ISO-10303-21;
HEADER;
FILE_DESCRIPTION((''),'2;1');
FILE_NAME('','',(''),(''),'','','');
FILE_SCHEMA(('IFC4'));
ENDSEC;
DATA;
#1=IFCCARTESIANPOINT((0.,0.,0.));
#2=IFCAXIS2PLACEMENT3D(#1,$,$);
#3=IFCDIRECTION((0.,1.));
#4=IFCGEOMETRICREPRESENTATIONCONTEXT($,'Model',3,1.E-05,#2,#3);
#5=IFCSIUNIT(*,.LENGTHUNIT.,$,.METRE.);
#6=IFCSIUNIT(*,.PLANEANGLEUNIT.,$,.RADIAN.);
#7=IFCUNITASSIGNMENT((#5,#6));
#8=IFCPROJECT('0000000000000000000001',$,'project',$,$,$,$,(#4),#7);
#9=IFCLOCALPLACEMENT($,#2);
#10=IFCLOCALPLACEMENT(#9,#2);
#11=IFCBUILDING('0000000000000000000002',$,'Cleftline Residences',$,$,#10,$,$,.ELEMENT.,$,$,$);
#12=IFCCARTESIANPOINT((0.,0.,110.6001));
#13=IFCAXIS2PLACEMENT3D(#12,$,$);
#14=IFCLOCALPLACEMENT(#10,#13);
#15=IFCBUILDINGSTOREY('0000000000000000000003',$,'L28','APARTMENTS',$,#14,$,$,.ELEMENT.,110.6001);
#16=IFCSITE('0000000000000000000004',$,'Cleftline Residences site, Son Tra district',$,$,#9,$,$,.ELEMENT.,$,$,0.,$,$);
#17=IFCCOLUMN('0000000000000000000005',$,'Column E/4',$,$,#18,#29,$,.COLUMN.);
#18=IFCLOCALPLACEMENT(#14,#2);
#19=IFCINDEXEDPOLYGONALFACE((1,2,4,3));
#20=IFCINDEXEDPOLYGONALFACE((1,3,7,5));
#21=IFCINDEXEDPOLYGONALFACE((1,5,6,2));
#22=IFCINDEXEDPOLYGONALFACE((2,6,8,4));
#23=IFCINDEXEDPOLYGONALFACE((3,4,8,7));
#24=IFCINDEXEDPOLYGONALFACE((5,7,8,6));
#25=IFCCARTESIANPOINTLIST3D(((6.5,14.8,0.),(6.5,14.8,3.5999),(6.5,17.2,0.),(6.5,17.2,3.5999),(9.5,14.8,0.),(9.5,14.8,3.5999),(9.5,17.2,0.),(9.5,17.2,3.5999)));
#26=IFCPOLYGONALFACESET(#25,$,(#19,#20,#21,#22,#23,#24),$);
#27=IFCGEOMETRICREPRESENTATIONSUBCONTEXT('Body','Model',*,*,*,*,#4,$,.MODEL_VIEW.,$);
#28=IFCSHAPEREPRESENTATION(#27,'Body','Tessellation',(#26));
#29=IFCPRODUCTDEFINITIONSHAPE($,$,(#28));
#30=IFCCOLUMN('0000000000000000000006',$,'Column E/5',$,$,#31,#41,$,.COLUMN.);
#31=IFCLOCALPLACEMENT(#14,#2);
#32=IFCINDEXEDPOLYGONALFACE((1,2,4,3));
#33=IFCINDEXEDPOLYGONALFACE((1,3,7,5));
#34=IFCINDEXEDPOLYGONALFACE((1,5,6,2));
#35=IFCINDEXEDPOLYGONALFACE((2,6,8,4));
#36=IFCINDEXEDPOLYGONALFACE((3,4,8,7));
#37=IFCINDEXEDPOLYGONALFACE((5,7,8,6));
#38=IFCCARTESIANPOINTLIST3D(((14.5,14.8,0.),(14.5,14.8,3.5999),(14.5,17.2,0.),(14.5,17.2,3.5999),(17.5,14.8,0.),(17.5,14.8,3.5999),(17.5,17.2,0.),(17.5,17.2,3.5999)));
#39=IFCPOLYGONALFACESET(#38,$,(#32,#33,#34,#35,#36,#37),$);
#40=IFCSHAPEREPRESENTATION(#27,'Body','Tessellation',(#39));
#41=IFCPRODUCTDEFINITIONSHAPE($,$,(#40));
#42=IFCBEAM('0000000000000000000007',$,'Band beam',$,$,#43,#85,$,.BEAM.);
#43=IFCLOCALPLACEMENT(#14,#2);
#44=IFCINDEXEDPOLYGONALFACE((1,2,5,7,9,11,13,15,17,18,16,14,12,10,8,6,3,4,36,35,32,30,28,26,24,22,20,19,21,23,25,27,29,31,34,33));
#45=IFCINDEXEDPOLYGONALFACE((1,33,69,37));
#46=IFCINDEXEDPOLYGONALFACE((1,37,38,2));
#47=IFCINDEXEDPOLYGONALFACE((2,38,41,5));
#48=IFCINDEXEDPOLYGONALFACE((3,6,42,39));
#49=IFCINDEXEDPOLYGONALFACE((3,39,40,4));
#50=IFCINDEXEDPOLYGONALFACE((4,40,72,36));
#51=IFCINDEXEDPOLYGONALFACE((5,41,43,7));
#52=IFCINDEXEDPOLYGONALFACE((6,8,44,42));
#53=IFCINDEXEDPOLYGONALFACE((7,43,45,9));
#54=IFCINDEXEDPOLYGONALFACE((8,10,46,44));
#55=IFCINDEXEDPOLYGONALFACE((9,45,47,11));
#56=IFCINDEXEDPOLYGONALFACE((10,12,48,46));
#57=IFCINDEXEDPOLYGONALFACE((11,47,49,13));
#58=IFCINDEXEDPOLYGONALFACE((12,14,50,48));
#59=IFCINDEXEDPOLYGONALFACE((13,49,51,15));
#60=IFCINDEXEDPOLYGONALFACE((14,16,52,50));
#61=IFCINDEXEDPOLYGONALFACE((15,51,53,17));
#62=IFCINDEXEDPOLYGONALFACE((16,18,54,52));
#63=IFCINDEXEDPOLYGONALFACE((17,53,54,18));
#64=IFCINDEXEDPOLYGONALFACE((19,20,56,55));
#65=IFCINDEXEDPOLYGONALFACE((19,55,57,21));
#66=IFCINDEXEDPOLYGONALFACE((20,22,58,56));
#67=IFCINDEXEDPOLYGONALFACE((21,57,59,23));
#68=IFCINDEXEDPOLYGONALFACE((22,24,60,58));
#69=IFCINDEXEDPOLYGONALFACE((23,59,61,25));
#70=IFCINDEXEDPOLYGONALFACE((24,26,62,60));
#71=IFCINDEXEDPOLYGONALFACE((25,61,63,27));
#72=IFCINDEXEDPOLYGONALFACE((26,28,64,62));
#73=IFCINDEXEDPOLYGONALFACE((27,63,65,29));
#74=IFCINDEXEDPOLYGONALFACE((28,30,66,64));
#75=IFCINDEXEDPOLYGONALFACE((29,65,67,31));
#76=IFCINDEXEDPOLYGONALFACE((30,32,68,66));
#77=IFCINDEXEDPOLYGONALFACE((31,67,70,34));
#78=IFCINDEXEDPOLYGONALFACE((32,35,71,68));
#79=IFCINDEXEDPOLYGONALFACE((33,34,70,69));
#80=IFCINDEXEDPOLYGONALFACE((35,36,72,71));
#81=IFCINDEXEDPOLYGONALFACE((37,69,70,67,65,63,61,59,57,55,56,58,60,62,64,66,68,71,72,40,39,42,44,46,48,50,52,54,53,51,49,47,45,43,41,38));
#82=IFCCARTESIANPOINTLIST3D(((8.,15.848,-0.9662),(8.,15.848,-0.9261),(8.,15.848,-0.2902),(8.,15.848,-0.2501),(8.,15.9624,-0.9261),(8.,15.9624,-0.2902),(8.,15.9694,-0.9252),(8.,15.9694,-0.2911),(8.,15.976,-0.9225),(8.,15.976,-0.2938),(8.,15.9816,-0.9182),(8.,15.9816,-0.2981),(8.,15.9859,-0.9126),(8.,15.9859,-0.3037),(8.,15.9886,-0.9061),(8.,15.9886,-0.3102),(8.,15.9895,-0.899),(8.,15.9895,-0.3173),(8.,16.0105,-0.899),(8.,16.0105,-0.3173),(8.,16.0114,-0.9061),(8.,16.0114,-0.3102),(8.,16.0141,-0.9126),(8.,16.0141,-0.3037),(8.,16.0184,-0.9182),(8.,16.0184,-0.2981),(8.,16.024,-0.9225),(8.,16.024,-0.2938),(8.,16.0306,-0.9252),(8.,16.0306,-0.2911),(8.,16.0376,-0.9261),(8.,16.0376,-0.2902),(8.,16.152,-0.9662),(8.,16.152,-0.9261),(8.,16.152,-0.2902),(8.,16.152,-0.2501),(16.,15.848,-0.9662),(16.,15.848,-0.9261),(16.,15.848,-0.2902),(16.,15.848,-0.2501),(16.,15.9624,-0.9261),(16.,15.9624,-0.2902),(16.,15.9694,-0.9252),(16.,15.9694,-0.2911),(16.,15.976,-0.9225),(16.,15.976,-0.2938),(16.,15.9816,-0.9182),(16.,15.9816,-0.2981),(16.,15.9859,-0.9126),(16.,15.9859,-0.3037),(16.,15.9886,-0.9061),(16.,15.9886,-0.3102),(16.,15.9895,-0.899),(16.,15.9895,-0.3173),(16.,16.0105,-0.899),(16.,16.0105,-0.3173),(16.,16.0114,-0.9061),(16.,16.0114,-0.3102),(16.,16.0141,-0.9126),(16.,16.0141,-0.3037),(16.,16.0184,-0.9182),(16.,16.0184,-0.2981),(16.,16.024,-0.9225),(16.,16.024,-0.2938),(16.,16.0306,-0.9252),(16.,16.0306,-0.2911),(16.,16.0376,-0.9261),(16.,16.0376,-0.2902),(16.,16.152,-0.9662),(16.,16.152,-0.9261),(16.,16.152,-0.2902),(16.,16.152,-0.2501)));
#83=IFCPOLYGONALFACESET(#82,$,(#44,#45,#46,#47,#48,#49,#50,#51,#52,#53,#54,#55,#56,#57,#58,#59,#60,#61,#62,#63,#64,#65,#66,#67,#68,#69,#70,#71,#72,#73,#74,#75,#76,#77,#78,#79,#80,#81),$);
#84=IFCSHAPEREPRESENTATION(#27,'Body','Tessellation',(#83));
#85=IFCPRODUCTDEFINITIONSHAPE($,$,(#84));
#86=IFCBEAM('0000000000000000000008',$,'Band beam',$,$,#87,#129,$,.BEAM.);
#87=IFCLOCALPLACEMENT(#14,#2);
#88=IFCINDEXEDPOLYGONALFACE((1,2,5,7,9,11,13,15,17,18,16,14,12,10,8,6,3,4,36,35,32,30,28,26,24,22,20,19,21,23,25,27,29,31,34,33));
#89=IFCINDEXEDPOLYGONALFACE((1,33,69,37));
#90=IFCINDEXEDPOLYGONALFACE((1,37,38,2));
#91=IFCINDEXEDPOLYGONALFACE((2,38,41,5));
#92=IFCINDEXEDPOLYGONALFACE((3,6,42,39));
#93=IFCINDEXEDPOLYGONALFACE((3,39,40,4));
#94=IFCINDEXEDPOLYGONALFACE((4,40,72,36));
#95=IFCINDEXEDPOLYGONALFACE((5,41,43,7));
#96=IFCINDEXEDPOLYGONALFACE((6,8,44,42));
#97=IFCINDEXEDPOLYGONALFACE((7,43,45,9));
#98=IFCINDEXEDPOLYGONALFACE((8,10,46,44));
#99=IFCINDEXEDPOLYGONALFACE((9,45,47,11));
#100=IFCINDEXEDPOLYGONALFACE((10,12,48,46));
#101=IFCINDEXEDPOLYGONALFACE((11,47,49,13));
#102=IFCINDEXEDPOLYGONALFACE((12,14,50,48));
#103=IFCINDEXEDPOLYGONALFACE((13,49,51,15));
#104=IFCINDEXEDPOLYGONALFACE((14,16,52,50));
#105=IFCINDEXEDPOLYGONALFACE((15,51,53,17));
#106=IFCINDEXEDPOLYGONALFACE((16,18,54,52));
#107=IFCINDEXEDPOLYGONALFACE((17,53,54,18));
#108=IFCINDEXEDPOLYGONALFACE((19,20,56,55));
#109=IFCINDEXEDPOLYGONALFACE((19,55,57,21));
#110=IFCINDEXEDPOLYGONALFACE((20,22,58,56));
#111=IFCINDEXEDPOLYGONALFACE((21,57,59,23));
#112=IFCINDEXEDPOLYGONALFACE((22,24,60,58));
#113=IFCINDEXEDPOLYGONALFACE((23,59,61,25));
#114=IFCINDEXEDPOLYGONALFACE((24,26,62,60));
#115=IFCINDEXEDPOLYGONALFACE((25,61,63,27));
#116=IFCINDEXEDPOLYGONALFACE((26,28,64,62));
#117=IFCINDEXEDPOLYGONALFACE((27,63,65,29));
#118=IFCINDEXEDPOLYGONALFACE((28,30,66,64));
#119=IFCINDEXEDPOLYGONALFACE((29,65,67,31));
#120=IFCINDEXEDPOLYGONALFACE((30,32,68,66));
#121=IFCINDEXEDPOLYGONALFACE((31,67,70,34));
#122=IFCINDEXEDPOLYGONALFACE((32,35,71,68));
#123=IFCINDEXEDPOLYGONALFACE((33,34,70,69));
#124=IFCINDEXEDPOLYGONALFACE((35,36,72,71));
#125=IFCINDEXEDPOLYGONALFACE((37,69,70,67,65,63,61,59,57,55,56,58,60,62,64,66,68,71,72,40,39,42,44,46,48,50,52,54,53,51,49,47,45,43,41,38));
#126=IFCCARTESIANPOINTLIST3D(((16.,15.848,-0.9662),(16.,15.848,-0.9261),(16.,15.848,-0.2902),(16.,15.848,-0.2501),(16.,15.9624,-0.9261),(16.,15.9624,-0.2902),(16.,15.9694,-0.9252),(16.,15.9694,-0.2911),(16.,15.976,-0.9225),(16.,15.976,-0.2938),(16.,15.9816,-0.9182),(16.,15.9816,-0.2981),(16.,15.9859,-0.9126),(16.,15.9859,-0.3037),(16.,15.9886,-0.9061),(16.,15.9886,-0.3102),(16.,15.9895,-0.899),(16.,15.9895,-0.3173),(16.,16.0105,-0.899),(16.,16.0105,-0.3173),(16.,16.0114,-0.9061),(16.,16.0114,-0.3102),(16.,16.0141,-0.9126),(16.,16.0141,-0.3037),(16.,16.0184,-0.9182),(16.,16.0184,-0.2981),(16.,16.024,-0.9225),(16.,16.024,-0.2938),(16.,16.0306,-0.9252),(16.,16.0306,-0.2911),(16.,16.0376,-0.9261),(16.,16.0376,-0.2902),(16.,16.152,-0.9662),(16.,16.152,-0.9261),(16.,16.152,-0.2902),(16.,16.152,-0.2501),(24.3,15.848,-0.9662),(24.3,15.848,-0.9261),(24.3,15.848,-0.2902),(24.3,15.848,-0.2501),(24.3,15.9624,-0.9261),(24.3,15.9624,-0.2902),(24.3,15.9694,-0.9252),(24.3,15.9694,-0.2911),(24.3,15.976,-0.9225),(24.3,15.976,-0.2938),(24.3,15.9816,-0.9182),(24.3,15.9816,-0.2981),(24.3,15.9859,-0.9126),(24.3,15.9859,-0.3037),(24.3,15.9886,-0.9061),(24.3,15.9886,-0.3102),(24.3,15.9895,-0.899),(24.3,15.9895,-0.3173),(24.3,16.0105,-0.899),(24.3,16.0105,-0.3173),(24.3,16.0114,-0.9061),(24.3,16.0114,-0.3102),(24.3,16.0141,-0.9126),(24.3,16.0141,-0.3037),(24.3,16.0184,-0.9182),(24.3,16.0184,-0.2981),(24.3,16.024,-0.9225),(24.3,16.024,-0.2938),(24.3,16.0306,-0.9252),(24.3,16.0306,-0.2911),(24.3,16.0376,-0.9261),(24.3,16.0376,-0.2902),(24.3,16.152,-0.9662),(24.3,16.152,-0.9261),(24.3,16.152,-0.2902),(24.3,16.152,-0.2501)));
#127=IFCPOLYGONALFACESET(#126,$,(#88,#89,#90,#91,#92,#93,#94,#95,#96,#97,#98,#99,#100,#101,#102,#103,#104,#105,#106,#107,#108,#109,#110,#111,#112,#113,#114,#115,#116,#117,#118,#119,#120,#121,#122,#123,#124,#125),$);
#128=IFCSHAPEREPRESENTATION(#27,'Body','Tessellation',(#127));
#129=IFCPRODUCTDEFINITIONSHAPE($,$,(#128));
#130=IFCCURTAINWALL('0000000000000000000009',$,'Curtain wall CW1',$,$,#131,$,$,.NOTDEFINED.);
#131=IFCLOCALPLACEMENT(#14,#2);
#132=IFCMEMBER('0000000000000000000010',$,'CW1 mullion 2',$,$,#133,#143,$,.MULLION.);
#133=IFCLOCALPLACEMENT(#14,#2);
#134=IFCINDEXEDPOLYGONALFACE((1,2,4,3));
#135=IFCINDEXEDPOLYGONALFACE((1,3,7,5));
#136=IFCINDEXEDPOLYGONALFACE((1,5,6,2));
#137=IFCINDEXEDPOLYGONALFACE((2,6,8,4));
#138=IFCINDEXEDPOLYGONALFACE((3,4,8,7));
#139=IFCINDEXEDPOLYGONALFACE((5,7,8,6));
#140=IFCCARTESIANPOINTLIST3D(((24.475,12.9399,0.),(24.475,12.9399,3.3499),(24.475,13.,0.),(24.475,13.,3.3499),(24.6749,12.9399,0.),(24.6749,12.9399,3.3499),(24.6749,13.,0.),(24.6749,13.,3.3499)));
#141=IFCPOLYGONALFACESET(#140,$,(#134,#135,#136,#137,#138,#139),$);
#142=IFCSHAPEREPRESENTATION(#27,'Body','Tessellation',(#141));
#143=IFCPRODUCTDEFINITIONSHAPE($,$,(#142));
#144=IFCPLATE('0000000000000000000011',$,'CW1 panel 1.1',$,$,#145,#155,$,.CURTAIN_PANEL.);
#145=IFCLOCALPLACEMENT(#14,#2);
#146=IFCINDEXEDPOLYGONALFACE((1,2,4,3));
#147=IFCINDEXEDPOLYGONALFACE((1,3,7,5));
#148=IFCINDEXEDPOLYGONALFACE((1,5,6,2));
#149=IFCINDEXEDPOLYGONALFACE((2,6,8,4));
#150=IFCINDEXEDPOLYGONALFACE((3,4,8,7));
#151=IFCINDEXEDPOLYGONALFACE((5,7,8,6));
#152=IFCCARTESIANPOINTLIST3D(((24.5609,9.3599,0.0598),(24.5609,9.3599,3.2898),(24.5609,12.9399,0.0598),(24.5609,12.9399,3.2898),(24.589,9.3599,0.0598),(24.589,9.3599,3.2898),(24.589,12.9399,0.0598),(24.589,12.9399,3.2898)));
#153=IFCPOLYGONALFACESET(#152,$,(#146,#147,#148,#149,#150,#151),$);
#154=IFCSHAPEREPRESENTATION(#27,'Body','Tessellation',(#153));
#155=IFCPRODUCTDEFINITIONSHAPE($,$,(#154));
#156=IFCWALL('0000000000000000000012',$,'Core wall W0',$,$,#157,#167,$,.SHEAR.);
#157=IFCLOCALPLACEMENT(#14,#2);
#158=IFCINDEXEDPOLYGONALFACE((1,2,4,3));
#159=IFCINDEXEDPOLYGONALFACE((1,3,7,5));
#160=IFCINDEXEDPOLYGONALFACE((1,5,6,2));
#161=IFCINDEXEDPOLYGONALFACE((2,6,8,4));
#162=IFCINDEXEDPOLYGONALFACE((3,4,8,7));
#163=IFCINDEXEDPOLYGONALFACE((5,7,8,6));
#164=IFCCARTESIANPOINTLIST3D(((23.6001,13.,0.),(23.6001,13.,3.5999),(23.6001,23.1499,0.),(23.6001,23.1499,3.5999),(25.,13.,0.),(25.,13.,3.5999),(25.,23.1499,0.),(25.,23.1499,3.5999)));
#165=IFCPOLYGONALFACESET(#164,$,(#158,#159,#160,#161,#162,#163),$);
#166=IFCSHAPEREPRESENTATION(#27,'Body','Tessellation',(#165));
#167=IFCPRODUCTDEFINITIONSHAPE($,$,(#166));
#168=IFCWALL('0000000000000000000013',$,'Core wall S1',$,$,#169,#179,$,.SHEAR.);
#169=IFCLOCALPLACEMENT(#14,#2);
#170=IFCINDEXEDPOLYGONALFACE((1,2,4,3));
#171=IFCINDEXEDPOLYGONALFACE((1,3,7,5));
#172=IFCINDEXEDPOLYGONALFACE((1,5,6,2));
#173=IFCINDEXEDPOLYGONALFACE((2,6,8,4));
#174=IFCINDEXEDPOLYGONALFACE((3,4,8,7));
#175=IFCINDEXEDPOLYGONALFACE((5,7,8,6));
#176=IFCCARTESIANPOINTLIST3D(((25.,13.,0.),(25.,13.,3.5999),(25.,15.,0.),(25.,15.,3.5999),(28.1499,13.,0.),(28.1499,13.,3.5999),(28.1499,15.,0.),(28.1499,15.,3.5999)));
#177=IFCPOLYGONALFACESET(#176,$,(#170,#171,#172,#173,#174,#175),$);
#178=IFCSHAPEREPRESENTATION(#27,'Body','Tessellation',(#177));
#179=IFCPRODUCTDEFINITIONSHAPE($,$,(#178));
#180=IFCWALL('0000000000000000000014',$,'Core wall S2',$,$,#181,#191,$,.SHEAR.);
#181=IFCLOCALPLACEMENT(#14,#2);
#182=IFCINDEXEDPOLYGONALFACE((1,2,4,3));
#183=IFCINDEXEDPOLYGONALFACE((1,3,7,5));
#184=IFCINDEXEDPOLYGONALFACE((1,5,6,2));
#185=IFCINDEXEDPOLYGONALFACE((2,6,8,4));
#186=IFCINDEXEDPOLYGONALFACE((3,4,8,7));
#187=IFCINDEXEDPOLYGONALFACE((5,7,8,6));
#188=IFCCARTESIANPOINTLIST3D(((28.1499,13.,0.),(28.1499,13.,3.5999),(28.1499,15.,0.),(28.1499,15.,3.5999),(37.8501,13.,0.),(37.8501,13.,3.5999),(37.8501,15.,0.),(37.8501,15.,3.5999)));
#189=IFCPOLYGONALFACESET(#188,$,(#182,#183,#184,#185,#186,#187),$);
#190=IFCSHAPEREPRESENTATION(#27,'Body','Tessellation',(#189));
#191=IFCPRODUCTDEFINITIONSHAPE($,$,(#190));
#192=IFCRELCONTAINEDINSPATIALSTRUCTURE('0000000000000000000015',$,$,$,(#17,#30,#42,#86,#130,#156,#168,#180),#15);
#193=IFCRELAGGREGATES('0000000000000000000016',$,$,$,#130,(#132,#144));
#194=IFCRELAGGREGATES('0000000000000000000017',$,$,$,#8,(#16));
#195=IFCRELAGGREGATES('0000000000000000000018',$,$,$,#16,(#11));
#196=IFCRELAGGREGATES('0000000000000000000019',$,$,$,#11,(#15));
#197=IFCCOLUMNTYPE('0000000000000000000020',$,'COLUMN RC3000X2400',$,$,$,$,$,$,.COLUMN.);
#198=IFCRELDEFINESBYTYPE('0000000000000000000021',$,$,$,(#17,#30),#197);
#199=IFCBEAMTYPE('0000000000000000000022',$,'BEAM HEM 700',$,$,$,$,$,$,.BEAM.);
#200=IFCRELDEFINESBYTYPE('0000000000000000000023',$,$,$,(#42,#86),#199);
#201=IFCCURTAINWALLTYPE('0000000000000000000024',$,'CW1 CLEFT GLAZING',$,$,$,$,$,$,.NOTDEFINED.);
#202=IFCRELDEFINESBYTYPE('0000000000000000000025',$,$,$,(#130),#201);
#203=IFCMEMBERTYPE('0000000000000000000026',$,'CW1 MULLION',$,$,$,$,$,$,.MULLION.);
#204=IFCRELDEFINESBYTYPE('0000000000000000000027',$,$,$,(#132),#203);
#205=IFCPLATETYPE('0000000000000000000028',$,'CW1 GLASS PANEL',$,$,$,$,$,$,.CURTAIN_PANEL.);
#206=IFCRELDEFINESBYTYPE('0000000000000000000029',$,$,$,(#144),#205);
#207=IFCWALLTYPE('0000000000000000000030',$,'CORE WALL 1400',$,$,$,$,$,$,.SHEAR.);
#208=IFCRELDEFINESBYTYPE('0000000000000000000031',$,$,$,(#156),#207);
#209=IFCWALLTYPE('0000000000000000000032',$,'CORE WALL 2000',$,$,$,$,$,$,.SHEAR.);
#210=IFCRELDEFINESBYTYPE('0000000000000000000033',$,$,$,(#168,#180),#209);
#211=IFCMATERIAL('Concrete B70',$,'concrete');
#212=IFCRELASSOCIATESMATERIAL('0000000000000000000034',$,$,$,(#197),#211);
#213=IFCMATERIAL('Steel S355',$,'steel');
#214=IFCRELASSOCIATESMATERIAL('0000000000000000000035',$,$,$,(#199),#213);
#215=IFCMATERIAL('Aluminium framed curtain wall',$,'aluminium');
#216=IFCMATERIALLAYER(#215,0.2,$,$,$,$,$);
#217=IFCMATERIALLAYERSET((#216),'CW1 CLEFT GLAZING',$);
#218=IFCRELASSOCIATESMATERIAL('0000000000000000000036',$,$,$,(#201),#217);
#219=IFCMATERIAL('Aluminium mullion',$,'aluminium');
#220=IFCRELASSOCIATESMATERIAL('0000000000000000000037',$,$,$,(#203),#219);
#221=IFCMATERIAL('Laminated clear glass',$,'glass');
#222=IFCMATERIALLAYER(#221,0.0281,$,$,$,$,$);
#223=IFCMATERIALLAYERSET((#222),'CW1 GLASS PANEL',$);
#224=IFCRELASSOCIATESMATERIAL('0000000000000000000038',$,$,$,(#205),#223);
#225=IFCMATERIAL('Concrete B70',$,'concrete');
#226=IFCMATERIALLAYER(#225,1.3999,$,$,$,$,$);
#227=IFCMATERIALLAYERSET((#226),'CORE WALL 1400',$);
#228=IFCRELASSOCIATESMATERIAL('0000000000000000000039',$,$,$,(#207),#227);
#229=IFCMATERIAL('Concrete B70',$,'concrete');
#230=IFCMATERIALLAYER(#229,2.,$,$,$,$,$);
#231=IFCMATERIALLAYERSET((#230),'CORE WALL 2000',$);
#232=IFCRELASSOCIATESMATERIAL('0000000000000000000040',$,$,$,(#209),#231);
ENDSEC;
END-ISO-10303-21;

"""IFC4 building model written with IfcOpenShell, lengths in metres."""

from ifc_helpers import new_model, si_unit, direction, frame, frame_2d, origin, origin_2d, place, context, subcontext, project, spatial, rectangle, i_section, extrude, material, layer, layer_set, material_profile, profile_set, type_object, element, aggregate, save


model = new_model("IFC4")

# Units and contexts
model_context = context("Model", 3, precision=1e-05, world=origin(), true_north=direction((0.0, 1.0)))
body_context = subcontext(model_context, "Body", "Model", "MODEL_VIEW")
ifc_project = project(units=[si_unit("LENGTHUNIT", "METRE"), si_unit("PLANEANGLEUNIT", "RADIAN")], contexts=[model_context])

# Site, building, storey
site_placement = place(None, origin())
site = spatial("IfcSite", under=ifc_project, at=site_placement, Name="Cleftline Residences site, Son Tra district", CompositionType="ELEMENT", RefElevation=0.0)
building_placement = place(site_placement, origin())
building = spatial("IfcBuilding", under=site, at=building_placement, Name="Cleftline Residences", CompositionType="ELEMENT")
storey_placement = place(building_placement, frame((0.0, 0.0, 110.6001)))
storey = spatial("IfcBuildingStorey", under=building, at=storey_placement, Name="L28", Description="APARTMENTS", CompositionType="ELEMENT", Elevation=110.6001)

# Columns
ifc_material_1 = material(Name="Concrete B70", Category="concrete")
ifc_material_profile_1 = material_profile(ifc_material_1, rectangle(XDim=3.0, YDim=2.3999, at=origin_2d()))
ifc_profile_set_1 = profile_set([ifc_material_profile_1], Name="Concrete B70")
column_type = type_object("IfcColumnType", Name="COLUMN RC3000X2400", PredefinedType="COLUMN", material=ifc_profile_set_1)
for number, where, z_axis, x_axis, name in (
    (1, (8.0, 16.0, 0.0), (0.0, 0.0, 1.0), (1.0, 0.0, 0.0), "Column E/4"),
    (2, (16.0, 16.0, 0.0), (0.0, 0.0, 1.0), (1.0, 0.0, 0.0), "Column E/5"),
):
    element("IfcColumn", number, at=place(storey_placement, frame(where, z_axis=z_axis, x_axis=x_axis)), inside=storey, type_object=column_type, Name=name, PredefinedType="COLUMN", context=body_context, shape_type="SweptSolid", body=[
        extrude(rectangle(XDim=3.0, YDim=2.3999, at=origin_2d()), origin(), (0.0, 0.0, 1.0), 3.5999),
    ])

# Beams
ifc_material_2 = material(Name="Steel S355", Category="steel")
ifc_material_profile_2 = material_profile(ifc_material_2, i_section(OverallWidth=0.304, OverallDepth=0.7161, WebThickness=0.021, FlangeThickness=0.04, FilletRadius=0.0271, at=origin_2d()))
ifc_profile_set_2 = profile_set([ifc_material_profile_2], Name="Steel S355")
beam_type = type_object("IfcBeamType", Name="BEAM HEM 700", PredefinedType="BEAM", material=ifc_profile_set_2)
beam_1_placement = place(storey_placement, frame((8.0, 16.0, -0.6082), z_axis=(1.0, 0.0, 0.0), x_axis=(0.0, 1.0, 0.0)))
element("IfcBeam", 3, at=beam_1_placement, inside=storey, type_object=beam_type, Name="Band beam", PredefinedType="BEAM", context=body_context, shape_type="SweptSolid", body=[
    extrude(i_section(OverallWidth=0.304, OverallDepth=0.7161, WebThickness=0.021, FlangeThickness=0.04, FilletRadius=0.0271, at=origin_2d()), origin(), (0.0, 0.0, 1.0), 8.0),
])
beam_2_placement = place(storey_placement, frame((16.0, 16.0, -0.6082), z_axis=(1.0, 0.0, 0.0), x_axis=(0.0, 1.0, 0.0)))
element("IfcBeam", 4, at=beam_2_placement, inside=storey, type_object=beam_type, Name="Band beam", PredefinedType="BEAM", context=body_context, shape_type="SweptSolid", body=[
    extrude(i_section(OverallWidth=0.304, OverallDepth=0.7161, WebThickness=0.021, FlangeThickness=0.04, FilletRadius=0.0271, at=origin_2d()), origin(), (0.0, 0.0, 1.0), 8.3),
])

# Curtain wall, member, plate
ifc_material_3 = material(Name="Aluminium framed curtain wall", Category="aluminium")
ifc_layer_1 = layer(ifc_material_3, 0.2)
ifc_layer_set_1 = layer_set([ifc_layer_1], Name="CW1 CLEFT GLAZING")
curtain_wall_type = type_object("IfcCurtainWallType", Name="CW1 CLEFT GLAZING", PredefinedType="NOTDEFINED", material=ifc_layer_set_1)
curtain_wall_placement = place(storey_placement, origin())
curtain_wall = element("IfcCurtainWall", 5, at=curtain_wall_placement, inside=storey, type_object=curtain_wall_type, Name="Curtain wall CW1", PredefinedType="NOTDEFINED")
ifc_material_4 = material(Name="Aluminium mullion", Category="aluminium")
ifc_material_profile_3 = material_profile(ifc_material_4, rectangle(XDim=0.2, YDim=0.0601, at=origin_2d()))
ifc_profile_set_3 = profile_set([ifc_material_profile_3], Name="Aluminium mullion")
member_type = type_object("IfcMemberType", Name="CW1 MULLION", PredefinedType="MULLION", material=ifc_profile_set_3)
member_placement = place(storey_placement, frame((24.575, 12.97, 0.0), z_axis=(0.0, 0.0, 1.0), x_axis=(-1.0, 0.0, 0.0)))
member = element("IfcMember", 6, at=member_placement, type_object=member_type, Name="CW1 mullion 2", PredefinedType="MULLION", context=body_context, shape_type="SweptSolid", body=[
    extrude(rectangle(XDim=0.2, YDim=0.0601, at=origin_2d()), origin(), (0.0, 0.0, 1.0), 3.3499),
])
ifc_material_5 = material(Name="Laminated clear glass", Category="glass")
ifc_layer_2 = layer(ifc_material_5, 0.0281)
ifc_layer_set_2 = layer_set([ifc_layer_2], Name="CW1 GLASS PANEL")
plate_type = type_object("IfcPlateType", Name="CW1 GLASS PANEL", PredefinedType="CURTAIN_PANEL", material=ifc_layer_set_2)
plate_placement = place(storey_placement, frame((24.575, 11.1499, 0.0598), z_axis=(0.0, 0.0, 1.0), x_axis=(0.0, 1.0, 0.0)))
plate = element("IfcPlate", 7, at=plate_placement, type_object=plate_type, Name="CW1 panel 1.1", PredefinedType="CURTAIN_PANEL", context=body_context, shape_type="SweptSolid", body=[
    extrude(rectangle(XDim=3.5801, YDim=0.0281, at=origin_2d()), origin(), (0.0, 0.0, 1.0), 3.23),
])
aggregate(curtain_wall, [member, plate])

# Wall
ifc_material_6 = material(Name="Concrete B70", Category="concrete")
ifc_layer_3 = layer(ifc_material_6, 1.3999)
ifc_layer_set_3 = layer_set([ifc_layer_3], Name="CORE WALL 1400")
wall_type_1 = type_object("IfcWallType", Name="CORE WALL 1400", PredefinedType="SHEAR", material=ifc_layer_set_3)
wall_1_placement = place(storey_placement, frame((24.3, 13.0, 0.0), z_axis=(0.0, 0.0, 1.0), x_axis=(0.0, 1.0, 0.0)))
element("IfcWall", 8, at=wall_1_placement, inside=storey, type_object=wall_type_1, Name="Core wall W0", PredefinedType="SHEAR", context=body_context, shape_type="SweptSolid", body=[
    extrude(rectangle(XDim=10.1499, YDim=1.3999, at=frame_2d((5.075, 0.0))), origin(), (0.0, 0.0, 1.0), 3.5999),
])

# Walls
ifc_material_7 = material(Name="Concrete B70", Category="concrete")
ifc_layer_4 = layer(ifc_material_7, 2.0)
ifc_layer_set_4 = layer_set([ifc_layer_4], Name="CORE WALL 2000")
wall_type_2 = type_object("IfcWallType", Name="CORE WALL 2000", PredefinedType="SHEAR", material=ifc_layer_set_4)
wall_2_placement = place(storey_placement, frame((25.0, 14.0, 0.0), z_axis=(0.0, 0.0, 1.0), x_axis=(1.0, 0.0, 0.0)))
element("IfcWall", 9, at=wall_2_placement, inside=storey, type_object=wall_type_2, Name="Core wall S1", PredefinedType="SHEAR", context=body_context, shape_type="SweptSolid", body=[
    extrude(rectangle(XDim=3.1499, YDim=2.0, at=frame_2d((1.575, 0.0))), origin(), (0.0, 0.0, 1.0), 3.5999),
])
wall_3_placement = place(storey_placement, frame((28.1499, 14.0, 0.0), z_axis=(0.0, 0.0, 1.0), x_axis=(1.0, 0.0, 0.0)))
element("IfcWall", 10, at=wall_3_placement, inside=storey, type_object=wall_type_2, Name="Core wall S2", PredefinedType="SHEAR", context=body_context, shape_type="SweptSolid", body=[
    extrude(rectangle(XDim=9.7002, YDim=2.0, at=frame_2d((4.8501, 0.0))), origin(), (0.0, 0.0, 1.0), 3.5999),
])

save(model, "model.ifc")
